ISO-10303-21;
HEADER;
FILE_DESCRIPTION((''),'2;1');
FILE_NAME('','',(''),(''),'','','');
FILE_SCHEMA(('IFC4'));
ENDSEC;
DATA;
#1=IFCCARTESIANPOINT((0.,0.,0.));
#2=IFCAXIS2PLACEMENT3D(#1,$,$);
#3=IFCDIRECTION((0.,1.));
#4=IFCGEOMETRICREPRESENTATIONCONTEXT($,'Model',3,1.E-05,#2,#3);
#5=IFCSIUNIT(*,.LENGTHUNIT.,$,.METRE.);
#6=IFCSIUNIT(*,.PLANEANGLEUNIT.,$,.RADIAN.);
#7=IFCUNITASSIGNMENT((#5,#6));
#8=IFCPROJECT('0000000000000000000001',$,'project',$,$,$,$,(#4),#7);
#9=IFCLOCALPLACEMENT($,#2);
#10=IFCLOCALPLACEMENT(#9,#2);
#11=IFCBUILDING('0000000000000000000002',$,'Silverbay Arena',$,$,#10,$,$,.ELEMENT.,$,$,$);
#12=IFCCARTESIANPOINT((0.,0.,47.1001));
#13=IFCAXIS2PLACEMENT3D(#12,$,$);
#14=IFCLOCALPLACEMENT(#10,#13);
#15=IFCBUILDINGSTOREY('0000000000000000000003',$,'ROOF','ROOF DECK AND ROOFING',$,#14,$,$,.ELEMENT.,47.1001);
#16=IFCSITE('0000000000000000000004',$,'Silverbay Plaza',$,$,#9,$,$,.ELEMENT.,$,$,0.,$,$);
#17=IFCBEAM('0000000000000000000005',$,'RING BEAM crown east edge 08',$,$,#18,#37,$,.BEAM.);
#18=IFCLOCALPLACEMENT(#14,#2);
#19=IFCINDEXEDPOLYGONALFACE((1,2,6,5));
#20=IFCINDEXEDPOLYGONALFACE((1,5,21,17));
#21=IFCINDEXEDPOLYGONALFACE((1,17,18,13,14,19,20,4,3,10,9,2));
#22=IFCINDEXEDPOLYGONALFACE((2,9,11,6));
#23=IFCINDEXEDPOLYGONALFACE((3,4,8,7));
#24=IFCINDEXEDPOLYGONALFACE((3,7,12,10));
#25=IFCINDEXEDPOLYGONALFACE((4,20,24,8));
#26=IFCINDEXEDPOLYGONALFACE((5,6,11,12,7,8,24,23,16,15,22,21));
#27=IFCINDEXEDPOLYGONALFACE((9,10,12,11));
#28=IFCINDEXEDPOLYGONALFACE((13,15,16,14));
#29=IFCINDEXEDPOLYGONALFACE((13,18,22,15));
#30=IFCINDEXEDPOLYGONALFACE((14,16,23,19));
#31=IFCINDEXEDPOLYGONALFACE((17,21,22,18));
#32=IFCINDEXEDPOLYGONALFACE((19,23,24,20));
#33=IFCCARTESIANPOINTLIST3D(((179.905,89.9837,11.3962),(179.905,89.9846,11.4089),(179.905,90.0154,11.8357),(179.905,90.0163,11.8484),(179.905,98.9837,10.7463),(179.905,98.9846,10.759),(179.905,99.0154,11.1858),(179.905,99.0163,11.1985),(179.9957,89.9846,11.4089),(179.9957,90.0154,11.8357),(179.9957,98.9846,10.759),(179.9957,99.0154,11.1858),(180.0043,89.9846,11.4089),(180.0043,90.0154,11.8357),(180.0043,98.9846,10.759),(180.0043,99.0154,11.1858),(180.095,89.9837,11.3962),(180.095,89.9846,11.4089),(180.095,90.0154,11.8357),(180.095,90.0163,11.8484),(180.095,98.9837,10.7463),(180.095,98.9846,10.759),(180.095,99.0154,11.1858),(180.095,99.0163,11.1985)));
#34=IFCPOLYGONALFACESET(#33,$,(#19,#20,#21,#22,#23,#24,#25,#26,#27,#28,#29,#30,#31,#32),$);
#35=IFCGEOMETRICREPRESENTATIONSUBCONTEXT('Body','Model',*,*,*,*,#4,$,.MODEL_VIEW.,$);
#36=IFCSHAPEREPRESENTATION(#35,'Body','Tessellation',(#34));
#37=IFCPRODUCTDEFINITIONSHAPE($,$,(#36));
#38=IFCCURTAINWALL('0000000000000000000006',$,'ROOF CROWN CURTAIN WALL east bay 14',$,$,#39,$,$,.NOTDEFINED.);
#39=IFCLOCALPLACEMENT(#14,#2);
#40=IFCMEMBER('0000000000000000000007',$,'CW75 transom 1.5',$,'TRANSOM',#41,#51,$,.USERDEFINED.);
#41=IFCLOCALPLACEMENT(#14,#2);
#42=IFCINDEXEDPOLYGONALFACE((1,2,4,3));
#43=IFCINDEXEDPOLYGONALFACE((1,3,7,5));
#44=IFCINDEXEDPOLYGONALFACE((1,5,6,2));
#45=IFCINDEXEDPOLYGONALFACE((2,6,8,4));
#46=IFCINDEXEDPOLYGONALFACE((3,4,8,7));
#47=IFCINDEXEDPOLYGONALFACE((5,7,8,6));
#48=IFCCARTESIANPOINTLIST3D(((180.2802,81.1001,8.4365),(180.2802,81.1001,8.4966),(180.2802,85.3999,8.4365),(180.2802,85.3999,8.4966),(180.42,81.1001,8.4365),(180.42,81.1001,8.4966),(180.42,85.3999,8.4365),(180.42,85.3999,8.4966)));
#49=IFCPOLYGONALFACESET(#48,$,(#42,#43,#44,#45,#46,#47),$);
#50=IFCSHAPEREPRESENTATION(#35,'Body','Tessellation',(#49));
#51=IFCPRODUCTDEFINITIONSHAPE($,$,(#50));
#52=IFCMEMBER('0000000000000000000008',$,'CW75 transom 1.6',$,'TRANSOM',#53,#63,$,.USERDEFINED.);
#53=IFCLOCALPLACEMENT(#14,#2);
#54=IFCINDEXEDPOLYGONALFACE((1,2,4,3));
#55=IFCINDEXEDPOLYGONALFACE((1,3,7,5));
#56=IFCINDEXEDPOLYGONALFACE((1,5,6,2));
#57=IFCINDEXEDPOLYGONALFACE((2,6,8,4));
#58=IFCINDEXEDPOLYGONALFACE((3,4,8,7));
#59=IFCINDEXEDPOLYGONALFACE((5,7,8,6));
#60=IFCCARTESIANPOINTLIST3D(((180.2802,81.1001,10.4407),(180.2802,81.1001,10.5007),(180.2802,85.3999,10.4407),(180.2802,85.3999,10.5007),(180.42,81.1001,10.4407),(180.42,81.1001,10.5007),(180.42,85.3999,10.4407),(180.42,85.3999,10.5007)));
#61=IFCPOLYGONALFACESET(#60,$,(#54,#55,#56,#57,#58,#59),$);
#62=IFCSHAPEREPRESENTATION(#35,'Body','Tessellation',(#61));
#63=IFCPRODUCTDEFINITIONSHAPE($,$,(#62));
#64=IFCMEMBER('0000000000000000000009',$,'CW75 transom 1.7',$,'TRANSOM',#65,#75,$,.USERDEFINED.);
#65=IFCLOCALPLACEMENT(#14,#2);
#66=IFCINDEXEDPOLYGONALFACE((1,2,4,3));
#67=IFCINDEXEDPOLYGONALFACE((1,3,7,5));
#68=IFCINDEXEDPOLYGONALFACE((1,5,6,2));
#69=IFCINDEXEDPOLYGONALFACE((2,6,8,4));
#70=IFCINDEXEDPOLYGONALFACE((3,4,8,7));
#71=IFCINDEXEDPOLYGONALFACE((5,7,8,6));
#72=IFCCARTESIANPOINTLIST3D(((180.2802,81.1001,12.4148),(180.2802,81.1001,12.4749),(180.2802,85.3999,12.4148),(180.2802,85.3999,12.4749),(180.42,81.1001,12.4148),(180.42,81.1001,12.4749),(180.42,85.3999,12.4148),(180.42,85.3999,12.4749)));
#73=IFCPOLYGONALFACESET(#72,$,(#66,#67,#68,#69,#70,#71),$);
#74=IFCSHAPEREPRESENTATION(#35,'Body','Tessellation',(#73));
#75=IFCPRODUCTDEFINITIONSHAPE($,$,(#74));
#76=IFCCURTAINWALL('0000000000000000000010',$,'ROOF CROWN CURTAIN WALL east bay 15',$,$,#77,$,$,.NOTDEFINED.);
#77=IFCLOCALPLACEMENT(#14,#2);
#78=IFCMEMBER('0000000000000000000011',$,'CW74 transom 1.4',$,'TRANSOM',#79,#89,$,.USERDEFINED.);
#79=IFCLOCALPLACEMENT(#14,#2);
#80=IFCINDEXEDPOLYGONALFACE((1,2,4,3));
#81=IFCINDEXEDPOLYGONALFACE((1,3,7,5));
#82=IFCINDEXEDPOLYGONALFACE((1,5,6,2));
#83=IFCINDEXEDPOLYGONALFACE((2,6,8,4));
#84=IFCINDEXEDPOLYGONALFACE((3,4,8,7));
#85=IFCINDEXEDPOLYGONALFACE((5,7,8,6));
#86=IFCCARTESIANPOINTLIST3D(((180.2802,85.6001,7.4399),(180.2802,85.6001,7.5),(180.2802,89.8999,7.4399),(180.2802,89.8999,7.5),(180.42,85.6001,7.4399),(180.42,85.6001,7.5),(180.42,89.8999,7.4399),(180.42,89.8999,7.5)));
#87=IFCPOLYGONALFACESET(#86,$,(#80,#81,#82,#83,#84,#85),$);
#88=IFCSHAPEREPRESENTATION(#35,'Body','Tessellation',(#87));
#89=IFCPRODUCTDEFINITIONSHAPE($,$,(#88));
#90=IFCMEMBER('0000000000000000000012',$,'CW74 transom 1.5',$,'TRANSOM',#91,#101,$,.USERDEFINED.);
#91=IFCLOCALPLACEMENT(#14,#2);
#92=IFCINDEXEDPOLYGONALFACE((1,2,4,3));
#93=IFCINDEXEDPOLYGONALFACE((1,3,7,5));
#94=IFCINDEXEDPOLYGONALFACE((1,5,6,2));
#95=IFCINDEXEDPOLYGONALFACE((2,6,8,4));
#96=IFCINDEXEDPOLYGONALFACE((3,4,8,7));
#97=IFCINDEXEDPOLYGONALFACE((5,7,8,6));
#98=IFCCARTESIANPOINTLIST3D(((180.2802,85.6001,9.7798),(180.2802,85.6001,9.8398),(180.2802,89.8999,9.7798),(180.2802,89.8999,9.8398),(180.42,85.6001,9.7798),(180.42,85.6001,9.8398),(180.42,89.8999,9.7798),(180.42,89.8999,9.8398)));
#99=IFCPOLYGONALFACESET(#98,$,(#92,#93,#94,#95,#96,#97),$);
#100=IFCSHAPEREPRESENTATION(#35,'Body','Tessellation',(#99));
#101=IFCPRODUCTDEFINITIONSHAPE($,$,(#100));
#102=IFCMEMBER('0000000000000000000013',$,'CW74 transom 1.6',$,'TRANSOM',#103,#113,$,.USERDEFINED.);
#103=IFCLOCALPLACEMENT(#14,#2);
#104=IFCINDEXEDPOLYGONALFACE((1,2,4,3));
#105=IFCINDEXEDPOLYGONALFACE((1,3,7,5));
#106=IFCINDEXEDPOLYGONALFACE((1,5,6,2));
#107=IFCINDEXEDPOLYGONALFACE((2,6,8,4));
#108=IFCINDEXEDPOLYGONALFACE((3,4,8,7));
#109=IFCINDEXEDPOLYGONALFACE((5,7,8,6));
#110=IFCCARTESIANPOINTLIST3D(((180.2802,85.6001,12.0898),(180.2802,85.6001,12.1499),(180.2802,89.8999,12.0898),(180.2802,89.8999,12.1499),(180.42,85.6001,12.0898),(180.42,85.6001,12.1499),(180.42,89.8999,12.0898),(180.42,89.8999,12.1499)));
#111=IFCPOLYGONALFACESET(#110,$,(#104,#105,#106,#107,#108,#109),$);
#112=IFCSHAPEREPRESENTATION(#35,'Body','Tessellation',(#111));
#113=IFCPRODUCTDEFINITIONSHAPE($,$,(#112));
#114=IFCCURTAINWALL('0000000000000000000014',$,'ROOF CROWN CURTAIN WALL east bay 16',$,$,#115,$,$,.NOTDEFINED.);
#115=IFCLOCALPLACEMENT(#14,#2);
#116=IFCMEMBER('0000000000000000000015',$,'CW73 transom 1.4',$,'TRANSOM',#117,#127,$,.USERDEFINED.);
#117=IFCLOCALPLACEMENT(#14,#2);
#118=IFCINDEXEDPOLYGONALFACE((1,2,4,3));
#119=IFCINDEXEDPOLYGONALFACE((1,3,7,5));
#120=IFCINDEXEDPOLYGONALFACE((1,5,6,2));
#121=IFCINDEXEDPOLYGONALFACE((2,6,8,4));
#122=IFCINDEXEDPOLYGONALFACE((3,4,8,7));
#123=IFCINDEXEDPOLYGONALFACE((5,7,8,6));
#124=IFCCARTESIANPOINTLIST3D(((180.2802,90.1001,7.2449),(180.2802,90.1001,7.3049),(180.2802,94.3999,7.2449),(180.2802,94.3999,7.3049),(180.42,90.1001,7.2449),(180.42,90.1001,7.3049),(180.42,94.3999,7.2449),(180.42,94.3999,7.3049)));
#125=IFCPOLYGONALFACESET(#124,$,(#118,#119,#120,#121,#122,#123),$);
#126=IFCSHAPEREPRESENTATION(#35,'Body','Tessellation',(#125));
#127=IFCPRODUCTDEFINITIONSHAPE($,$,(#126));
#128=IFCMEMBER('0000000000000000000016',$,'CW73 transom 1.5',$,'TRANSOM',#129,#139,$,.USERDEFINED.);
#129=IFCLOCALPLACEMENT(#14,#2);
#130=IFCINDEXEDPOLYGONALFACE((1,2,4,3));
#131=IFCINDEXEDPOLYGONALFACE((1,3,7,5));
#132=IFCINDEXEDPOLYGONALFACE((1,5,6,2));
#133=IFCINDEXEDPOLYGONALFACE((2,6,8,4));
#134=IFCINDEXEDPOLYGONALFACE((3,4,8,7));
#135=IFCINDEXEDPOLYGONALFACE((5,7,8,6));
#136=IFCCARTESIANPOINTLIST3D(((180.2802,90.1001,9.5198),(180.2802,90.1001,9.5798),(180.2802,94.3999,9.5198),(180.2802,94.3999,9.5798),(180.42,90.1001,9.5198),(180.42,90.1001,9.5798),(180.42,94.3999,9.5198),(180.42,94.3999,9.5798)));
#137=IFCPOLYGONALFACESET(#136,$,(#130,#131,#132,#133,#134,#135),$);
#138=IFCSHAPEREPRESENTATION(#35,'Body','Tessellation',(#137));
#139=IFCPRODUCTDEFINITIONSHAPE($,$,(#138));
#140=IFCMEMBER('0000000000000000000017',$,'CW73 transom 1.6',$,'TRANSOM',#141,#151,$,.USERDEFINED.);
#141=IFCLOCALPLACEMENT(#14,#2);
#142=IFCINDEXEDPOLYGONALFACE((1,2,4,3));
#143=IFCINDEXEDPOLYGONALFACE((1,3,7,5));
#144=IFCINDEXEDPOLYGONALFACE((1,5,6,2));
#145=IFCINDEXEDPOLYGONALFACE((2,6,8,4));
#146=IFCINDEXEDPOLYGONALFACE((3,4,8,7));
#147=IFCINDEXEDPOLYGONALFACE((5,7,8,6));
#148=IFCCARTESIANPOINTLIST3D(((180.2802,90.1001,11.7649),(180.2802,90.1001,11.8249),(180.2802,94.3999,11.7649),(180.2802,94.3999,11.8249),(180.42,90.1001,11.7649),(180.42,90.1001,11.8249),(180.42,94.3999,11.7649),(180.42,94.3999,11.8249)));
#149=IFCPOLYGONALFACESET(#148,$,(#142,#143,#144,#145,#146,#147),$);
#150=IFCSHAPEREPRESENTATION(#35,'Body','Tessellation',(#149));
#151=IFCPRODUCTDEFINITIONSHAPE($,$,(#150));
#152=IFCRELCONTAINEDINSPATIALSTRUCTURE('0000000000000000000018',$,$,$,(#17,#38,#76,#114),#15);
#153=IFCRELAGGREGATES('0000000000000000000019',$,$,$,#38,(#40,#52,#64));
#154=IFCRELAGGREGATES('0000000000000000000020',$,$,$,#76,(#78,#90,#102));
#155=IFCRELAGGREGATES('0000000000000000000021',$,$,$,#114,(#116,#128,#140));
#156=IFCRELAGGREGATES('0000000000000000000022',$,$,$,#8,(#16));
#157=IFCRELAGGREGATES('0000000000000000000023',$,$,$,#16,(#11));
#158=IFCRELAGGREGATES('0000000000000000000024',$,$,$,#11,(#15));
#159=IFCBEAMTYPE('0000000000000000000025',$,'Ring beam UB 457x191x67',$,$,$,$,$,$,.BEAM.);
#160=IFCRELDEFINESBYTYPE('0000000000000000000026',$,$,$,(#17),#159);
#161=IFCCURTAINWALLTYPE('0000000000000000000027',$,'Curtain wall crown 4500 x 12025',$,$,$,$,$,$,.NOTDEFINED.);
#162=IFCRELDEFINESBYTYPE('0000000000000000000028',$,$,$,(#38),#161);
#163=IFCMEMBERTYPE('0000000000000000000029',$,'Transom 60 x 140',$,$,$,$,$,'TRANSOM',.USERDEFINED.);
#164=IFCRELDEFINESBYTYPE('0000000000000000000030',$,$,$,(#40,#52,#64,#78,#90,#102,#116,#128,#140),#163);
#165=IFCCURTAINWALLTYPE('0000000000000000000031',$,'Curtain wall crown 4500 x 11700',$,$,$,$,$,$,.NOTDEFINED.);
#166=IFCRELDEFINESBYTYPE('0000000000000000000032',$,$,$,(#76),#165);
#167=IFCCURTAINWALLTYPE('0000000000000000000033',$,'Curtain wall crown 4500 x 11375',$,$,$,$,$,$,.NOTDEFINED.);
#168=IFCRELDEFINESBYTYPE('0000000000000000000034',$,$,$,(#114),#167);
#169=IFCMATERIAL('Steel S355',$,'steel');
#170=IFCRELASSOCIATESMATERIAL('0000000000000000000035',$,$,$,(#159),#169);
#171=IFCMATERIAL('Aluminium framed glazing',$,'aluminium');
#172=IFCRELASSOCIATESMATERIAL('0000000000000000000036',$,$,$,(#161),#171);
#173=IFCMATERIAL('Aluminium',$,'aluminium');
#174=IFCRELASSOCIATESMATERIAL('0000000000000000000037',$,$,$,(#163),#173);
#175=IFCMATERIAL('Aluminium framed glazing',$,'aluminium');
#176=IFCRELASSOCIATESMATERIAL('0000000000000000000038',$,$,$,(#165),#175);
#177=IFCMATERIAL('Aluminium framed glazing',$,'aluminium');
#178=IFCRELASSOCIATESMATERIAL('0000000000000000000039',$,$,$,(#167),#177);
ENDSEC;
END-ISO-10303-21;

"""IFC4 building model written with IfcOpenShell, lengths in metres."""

from ifc_helpers import new_model, si_unit, direction, frame, origin, origin_2d, place, context, subcontext, project, spatial, rectangle, i_section, extrude, material, material_profile, profile_set, type_object, element, aggregate, save


model = new_model("IFC4")

# Units and contexts
model_context = context("Model", 3, precision=1e-05, world=origin(), true_north=direction((0.0, 1.0)))
body_context = subcontext(model_context, "Body", "Model", "MODEL_VIEW")
ifc_project = project(units=[si_unit("LENGTHUNIT", "METRE"), si_unit("PLANEANGLEUNIT", "RADIAN")], contexts=[model_context])

# Site, building, storey
site_placement = place(None, origin())
site = spatial("IfcSite", under=ifc_project, at=site_placement, Name="Silverbay Plaza", CompositionType="ELEMENT", RefElevation=0.0)
building_placement = place(site_placement, origin())
building = spatial("IfcBuilding", under=site, at=building_placement, Name="Silverbay Arena", CompositionType="ELEMENT")
storey_placement = place(building_placement, frame((0.0, 0.0, 47.1001)))
storey = spatial("IfcBuildingStorey", under=building, at=storey_placement, Name="ROOF", Description="ROOF DECK AND ROOFING", CompositionType="ELEMENT", Elevation=47.1001)

# Beam
ifc_material_1 = material(Name="Steel S355", Category="steel")
ifc_material_profile_1 = material_profile(ifc_material_1, i_section(OverallWidth=0.1899, OverallDepth=0.4534, WebThickness=0.0085, FlangeThickness=0.0127, at=origin_2d()), Name="UB 457x191x67")
ifc_profile_set_1 = profile_set([ifc_material_profile_1], Name="Steel S355")
beam_type = type_object("IfcBeamType", Name="Ring beam UB 457x191x67", PredefinedType="BEAM", material=ifc_profile_set_1)
for number, where, z_axis, x_axis, name in (
    (1, (180.0, 90.0, 11.6223), (0.0, 0.997403, -0.072024), (-1.0, 0.0, 0.0), "RING BEAM crown east edge 08"),
):
    element("IfcBeam", number, at=place(storey_placement, frame(where, z_axis=z_axis, x_axis=x_axis)), inside=storey, type_object=beam_type, Name=name, PredefinedType="BEAM", context=body_context, shape_type="SweptSolid", body=[
        extrude(i_section(OverallWidth=0.1899, OverallDepth=0.4534, WebThickness=0.0085, FlangeThickness=0.0127, at=origin_2d()), origin(), (0.0, 0.0, 1.0), 9.0234),
    ])

# Curtain walls, members
ifc_material_2 = material(Name="Aluminium framed glazing", Category="aluminium")
curtain_wall_type_1 = type_object("IfcCurtainWallType", Name="Curtain wall crown 4500 x 12025", PredefinedType="NOTDEFINED", material=ifc_material_2)
curtain_wall_1_placement = place(storey_placement, origin())
curtain_wall_1 = element("IfcCurtainWall", 2, at=curtain_wall_1_placement, inside=storey, type_object=curtain_wall_type_1, Name="ROOF CROWN CURTAIN WALL east bay 14", PredefinedType="NOTDEFINED")
ifc_material_3 = material(Name="Aluminium", Category="aluminium")
ifc_material_profile_2 = material_profile(ifc_material_3, rectangle(XDim=0.1399, YDim=0.0601, at=origin_2d()), Name="Transom 60 x 140")
ifc_profile_set_2 = profile_set([ifc_material_profile_2], Name="Aluminium")
member_type_1 = type_object("IfcMemberType", Name="Transom 60 x 140", ElementType="TRANSOM", PredefinedType="USERDEFINED", material=ifc_profile_set_2)
placement = place(building_placement, frame((0.0, 0.0, 33.5)))
member_1_placement = place(placement, frame((180.3501, 81.1001, 22.0667), z_axis=(0.0, 1.0, 0.0), x_axis=(-1.0, 0.0, 0.0)))
member_1 = element("IfcMember", 3, at=member_1_placement, type_object=member_type_1, Name="CW75 transom 1.5", ObjectType="TRANSOM", PredefinedType="USERDEFINED", context=body_context, shape_type="SweptSolid", body=[
    extrude(rectangle(XDim=0.1399, YDim=0.0601, at=origin_2d()), origin(), (0.0, 0.0, 1.0), 4.2998),
])
member_2_placement = place(placement, frame((180.3501, 81.1001, 24.0708), z_axis=(0.0, 1.0, 0.0), x_axis=(-1.0, 0.0, 0.0)))
member_2 = element("IfcMember", 4, at=member_2_placement, type_object=member_type_1, Name="CW75 transom 1.6", ObjectType="TRANSOM", PredefinedType="USERDEFINED", context=body_context, shape_type="SweptSolid", body=[
    extrude(rectangle(XDim=0.1399, YDim=0.0601, at=origin_2d()), origin(), (0.0, 0.0, 1.0), 4.2998),
])
member_3_placement = place(placement, frame((180.3501, 81.1001, 26.0449), z_axis=(0.0, 1.0, 0.0), x_axis=(-1.0, 0.0, 0.0)))
member_3 = element("IfcMember", 5, at=member_3_placement, type_object=member_type_1, Name="CW75 transom 1.7", ObjectType="TRANSOM", PredefinedType="USERDEFINED", context=body_context, shape_type="SweptSolid", body=[
    extrude(rectangle(XDim=0.1399, YDim=0.0601, at=origin_2d()), origin(), (0.0, 0.0, 1.0), 4.2998),
])
ifc_material_4 = material(Name="Aluminium framed glazing", Category="aluminium")
curtain_wall_type_2 = type_object("IfcCurtainWallType", Name="Curtain wall crown 4500 x 11700", PredefinedType="NOTDEFINED", material=ifc_material_4)
curtain_wall_2_placement = place(storey_placement, origin())
curtain_wall_2 = element("IfcCurtainWall", 6, at=curtain_wall_2_placement, inside=storey, type_object=curtain_wall_type_2, Name="ROOF CROWN CURTAIN WALL east bay 15", PredefinedType="NOTDEFINED")
member_4_placement = place(placement, frame((180.3501, 85.6001, 21.0701), z_axis=(0.0, 1.0, 0.0), x_axis=(-1.0, 0.0, 0.0)))
member_4 = element("IfcMember", 7, at=member_4_placement, type_object=member_type_1, Name="CW74 transom 1.4", ObjectType="TRANSOM", PredefinedType="USERDEFINED", context=body_context, shape_type="SweptSolid", body=[
    extrude(rectangle(XDim=0.1399, YDim=0.0601, at=origin_2d()), origin(), (0.0, 0.0, 1.0), 4.2998),
])
member_5_placement = place(placement, frame((180.3501, 85.6001, 23.4099), z_axis=(0.0, 1.0, 0.0), x_axis=(-1.0, 0.0, 0.0)))
member_5 = element("IfcMember", 8, at=member_5_placement, type_object=member_type_1, Name="CW74 transom 1.5", ObjectType="TRANSOM", PredefinedType="USERDEFINED", context=body_context, shape_type="SweptSolid", body=[
    extrude(rectangle(XDim=0.1399, YDim=0.0601, at=origin_2d()), origin(), (0.0, 0.0, 1.0), 4.2998),
])
member_6_placement = place(placement, frame((180.3501, 85.6001, 25.72), z_axis=(0.0, 1.0, 0.0), x_axis=(-1.0, 0.0, 0.0)))
member_6 = element("IfcMember", 9, at=member_6_placement, type_object=member_type_1, Name="CW74 transom 1.6", ObjectType="TRANSOM", PredefinedType="USERDEFINED", context=body_context, shape_type="SweptSolid", body=[
    extrude(rectangle(XDim=0.1399, YDim=0.0601, at=origin_2d()), origin(), (0.0, 0.0, 1.0), 4.2998),
])
ifc_material_5 = material(Name="Aluminium framed glazing", Category="aluminium")
curtain_wall_type_3 = type_object("IfcCurtainWallType", Name="Curtain wall crown 4500 x 11375", PredefinedType="NOTDEFINED", material=ifc_material_5)
curtain_wall_3_placement = place(storey_placement, origin())
curtain_wall_3 = element("IfcCurtainWall", 10, at=curtain_wall_3_placement, inside=storey, type_object=curtain_wall_type_3, Name="ROOF CROWN CURTAIN WALL east bay 16", PredefinedType="NOTDEFINED")
member_7_placement = place(placement, frame((180.3501, 90.1001, 20.875), z_axis=(0.0, 1.0, 0.0), x_axis=(-1.0, 0.0, 0.0)))
member_7 = element("IfcMember", 11, at=member_7_placement, type_object=member_type_1, Name="CW73 transom 1.4", ObjectType="TRANSOM", PredefinedType="USERDEFINED", context=body_context, shape_type="SweptSolid", body=[
    extrude(rectangle(XDim=0.1399, YDim=0.0601, at=origin_2d()), origin(), (0.0, 0.0, 1.0), 4.2998),
])
member_8_placement = place(placement, frame((180.3501, 90.1001, 23.1499), z_axis=(0.0, 1.0, 0.0), x_axis=(-1.0, 0.0, 0.0)))
member_8 = element("IfcMember", 12, at=member_8_placement, type_object=member_type_1, Name="CW73 transom 1.5", ObjectType="TRANSOM", PredefinedType="USERDEFINED", context=body_context, shape_type="SweptSolid", body=[
    extrude(rectangle(XDim=0.1399, YDim=0.0601, at=origin_2d()), origin(), (0.0, 0.0, 1.0), 4.2998),
])
member_9_placement = place(placement, frame((180.3501, 90.1001, 25.395), z_axis=(0.0, 1.0, 0.0), x_axis=(-1.0, 0.0, 0.0)))
member_9 = element("IfcMember", 13, at=member_9_placement, type_object=member_type_1, Name="CW73 transom 1.6", ObjectType="TRANSOM", PredefinedType="USERDEFINED", context=body_context, shape_type="SweptSolid", body=[
    extrude(rectangle(XDim=0.1399, YDim=0.0601, at=origin_2d()), origin(), (0.0, 0.0, 1.0), 4.2998),
])

aggregate(curtain_wall_1, [member_1, member_2, member_3])
aggregate(curtain_wall_2, [member_4, member_5, member_6])
aggregate(curtain_wall_3, [member_7, member_8, member_9])

save(model, "model.ifc")
